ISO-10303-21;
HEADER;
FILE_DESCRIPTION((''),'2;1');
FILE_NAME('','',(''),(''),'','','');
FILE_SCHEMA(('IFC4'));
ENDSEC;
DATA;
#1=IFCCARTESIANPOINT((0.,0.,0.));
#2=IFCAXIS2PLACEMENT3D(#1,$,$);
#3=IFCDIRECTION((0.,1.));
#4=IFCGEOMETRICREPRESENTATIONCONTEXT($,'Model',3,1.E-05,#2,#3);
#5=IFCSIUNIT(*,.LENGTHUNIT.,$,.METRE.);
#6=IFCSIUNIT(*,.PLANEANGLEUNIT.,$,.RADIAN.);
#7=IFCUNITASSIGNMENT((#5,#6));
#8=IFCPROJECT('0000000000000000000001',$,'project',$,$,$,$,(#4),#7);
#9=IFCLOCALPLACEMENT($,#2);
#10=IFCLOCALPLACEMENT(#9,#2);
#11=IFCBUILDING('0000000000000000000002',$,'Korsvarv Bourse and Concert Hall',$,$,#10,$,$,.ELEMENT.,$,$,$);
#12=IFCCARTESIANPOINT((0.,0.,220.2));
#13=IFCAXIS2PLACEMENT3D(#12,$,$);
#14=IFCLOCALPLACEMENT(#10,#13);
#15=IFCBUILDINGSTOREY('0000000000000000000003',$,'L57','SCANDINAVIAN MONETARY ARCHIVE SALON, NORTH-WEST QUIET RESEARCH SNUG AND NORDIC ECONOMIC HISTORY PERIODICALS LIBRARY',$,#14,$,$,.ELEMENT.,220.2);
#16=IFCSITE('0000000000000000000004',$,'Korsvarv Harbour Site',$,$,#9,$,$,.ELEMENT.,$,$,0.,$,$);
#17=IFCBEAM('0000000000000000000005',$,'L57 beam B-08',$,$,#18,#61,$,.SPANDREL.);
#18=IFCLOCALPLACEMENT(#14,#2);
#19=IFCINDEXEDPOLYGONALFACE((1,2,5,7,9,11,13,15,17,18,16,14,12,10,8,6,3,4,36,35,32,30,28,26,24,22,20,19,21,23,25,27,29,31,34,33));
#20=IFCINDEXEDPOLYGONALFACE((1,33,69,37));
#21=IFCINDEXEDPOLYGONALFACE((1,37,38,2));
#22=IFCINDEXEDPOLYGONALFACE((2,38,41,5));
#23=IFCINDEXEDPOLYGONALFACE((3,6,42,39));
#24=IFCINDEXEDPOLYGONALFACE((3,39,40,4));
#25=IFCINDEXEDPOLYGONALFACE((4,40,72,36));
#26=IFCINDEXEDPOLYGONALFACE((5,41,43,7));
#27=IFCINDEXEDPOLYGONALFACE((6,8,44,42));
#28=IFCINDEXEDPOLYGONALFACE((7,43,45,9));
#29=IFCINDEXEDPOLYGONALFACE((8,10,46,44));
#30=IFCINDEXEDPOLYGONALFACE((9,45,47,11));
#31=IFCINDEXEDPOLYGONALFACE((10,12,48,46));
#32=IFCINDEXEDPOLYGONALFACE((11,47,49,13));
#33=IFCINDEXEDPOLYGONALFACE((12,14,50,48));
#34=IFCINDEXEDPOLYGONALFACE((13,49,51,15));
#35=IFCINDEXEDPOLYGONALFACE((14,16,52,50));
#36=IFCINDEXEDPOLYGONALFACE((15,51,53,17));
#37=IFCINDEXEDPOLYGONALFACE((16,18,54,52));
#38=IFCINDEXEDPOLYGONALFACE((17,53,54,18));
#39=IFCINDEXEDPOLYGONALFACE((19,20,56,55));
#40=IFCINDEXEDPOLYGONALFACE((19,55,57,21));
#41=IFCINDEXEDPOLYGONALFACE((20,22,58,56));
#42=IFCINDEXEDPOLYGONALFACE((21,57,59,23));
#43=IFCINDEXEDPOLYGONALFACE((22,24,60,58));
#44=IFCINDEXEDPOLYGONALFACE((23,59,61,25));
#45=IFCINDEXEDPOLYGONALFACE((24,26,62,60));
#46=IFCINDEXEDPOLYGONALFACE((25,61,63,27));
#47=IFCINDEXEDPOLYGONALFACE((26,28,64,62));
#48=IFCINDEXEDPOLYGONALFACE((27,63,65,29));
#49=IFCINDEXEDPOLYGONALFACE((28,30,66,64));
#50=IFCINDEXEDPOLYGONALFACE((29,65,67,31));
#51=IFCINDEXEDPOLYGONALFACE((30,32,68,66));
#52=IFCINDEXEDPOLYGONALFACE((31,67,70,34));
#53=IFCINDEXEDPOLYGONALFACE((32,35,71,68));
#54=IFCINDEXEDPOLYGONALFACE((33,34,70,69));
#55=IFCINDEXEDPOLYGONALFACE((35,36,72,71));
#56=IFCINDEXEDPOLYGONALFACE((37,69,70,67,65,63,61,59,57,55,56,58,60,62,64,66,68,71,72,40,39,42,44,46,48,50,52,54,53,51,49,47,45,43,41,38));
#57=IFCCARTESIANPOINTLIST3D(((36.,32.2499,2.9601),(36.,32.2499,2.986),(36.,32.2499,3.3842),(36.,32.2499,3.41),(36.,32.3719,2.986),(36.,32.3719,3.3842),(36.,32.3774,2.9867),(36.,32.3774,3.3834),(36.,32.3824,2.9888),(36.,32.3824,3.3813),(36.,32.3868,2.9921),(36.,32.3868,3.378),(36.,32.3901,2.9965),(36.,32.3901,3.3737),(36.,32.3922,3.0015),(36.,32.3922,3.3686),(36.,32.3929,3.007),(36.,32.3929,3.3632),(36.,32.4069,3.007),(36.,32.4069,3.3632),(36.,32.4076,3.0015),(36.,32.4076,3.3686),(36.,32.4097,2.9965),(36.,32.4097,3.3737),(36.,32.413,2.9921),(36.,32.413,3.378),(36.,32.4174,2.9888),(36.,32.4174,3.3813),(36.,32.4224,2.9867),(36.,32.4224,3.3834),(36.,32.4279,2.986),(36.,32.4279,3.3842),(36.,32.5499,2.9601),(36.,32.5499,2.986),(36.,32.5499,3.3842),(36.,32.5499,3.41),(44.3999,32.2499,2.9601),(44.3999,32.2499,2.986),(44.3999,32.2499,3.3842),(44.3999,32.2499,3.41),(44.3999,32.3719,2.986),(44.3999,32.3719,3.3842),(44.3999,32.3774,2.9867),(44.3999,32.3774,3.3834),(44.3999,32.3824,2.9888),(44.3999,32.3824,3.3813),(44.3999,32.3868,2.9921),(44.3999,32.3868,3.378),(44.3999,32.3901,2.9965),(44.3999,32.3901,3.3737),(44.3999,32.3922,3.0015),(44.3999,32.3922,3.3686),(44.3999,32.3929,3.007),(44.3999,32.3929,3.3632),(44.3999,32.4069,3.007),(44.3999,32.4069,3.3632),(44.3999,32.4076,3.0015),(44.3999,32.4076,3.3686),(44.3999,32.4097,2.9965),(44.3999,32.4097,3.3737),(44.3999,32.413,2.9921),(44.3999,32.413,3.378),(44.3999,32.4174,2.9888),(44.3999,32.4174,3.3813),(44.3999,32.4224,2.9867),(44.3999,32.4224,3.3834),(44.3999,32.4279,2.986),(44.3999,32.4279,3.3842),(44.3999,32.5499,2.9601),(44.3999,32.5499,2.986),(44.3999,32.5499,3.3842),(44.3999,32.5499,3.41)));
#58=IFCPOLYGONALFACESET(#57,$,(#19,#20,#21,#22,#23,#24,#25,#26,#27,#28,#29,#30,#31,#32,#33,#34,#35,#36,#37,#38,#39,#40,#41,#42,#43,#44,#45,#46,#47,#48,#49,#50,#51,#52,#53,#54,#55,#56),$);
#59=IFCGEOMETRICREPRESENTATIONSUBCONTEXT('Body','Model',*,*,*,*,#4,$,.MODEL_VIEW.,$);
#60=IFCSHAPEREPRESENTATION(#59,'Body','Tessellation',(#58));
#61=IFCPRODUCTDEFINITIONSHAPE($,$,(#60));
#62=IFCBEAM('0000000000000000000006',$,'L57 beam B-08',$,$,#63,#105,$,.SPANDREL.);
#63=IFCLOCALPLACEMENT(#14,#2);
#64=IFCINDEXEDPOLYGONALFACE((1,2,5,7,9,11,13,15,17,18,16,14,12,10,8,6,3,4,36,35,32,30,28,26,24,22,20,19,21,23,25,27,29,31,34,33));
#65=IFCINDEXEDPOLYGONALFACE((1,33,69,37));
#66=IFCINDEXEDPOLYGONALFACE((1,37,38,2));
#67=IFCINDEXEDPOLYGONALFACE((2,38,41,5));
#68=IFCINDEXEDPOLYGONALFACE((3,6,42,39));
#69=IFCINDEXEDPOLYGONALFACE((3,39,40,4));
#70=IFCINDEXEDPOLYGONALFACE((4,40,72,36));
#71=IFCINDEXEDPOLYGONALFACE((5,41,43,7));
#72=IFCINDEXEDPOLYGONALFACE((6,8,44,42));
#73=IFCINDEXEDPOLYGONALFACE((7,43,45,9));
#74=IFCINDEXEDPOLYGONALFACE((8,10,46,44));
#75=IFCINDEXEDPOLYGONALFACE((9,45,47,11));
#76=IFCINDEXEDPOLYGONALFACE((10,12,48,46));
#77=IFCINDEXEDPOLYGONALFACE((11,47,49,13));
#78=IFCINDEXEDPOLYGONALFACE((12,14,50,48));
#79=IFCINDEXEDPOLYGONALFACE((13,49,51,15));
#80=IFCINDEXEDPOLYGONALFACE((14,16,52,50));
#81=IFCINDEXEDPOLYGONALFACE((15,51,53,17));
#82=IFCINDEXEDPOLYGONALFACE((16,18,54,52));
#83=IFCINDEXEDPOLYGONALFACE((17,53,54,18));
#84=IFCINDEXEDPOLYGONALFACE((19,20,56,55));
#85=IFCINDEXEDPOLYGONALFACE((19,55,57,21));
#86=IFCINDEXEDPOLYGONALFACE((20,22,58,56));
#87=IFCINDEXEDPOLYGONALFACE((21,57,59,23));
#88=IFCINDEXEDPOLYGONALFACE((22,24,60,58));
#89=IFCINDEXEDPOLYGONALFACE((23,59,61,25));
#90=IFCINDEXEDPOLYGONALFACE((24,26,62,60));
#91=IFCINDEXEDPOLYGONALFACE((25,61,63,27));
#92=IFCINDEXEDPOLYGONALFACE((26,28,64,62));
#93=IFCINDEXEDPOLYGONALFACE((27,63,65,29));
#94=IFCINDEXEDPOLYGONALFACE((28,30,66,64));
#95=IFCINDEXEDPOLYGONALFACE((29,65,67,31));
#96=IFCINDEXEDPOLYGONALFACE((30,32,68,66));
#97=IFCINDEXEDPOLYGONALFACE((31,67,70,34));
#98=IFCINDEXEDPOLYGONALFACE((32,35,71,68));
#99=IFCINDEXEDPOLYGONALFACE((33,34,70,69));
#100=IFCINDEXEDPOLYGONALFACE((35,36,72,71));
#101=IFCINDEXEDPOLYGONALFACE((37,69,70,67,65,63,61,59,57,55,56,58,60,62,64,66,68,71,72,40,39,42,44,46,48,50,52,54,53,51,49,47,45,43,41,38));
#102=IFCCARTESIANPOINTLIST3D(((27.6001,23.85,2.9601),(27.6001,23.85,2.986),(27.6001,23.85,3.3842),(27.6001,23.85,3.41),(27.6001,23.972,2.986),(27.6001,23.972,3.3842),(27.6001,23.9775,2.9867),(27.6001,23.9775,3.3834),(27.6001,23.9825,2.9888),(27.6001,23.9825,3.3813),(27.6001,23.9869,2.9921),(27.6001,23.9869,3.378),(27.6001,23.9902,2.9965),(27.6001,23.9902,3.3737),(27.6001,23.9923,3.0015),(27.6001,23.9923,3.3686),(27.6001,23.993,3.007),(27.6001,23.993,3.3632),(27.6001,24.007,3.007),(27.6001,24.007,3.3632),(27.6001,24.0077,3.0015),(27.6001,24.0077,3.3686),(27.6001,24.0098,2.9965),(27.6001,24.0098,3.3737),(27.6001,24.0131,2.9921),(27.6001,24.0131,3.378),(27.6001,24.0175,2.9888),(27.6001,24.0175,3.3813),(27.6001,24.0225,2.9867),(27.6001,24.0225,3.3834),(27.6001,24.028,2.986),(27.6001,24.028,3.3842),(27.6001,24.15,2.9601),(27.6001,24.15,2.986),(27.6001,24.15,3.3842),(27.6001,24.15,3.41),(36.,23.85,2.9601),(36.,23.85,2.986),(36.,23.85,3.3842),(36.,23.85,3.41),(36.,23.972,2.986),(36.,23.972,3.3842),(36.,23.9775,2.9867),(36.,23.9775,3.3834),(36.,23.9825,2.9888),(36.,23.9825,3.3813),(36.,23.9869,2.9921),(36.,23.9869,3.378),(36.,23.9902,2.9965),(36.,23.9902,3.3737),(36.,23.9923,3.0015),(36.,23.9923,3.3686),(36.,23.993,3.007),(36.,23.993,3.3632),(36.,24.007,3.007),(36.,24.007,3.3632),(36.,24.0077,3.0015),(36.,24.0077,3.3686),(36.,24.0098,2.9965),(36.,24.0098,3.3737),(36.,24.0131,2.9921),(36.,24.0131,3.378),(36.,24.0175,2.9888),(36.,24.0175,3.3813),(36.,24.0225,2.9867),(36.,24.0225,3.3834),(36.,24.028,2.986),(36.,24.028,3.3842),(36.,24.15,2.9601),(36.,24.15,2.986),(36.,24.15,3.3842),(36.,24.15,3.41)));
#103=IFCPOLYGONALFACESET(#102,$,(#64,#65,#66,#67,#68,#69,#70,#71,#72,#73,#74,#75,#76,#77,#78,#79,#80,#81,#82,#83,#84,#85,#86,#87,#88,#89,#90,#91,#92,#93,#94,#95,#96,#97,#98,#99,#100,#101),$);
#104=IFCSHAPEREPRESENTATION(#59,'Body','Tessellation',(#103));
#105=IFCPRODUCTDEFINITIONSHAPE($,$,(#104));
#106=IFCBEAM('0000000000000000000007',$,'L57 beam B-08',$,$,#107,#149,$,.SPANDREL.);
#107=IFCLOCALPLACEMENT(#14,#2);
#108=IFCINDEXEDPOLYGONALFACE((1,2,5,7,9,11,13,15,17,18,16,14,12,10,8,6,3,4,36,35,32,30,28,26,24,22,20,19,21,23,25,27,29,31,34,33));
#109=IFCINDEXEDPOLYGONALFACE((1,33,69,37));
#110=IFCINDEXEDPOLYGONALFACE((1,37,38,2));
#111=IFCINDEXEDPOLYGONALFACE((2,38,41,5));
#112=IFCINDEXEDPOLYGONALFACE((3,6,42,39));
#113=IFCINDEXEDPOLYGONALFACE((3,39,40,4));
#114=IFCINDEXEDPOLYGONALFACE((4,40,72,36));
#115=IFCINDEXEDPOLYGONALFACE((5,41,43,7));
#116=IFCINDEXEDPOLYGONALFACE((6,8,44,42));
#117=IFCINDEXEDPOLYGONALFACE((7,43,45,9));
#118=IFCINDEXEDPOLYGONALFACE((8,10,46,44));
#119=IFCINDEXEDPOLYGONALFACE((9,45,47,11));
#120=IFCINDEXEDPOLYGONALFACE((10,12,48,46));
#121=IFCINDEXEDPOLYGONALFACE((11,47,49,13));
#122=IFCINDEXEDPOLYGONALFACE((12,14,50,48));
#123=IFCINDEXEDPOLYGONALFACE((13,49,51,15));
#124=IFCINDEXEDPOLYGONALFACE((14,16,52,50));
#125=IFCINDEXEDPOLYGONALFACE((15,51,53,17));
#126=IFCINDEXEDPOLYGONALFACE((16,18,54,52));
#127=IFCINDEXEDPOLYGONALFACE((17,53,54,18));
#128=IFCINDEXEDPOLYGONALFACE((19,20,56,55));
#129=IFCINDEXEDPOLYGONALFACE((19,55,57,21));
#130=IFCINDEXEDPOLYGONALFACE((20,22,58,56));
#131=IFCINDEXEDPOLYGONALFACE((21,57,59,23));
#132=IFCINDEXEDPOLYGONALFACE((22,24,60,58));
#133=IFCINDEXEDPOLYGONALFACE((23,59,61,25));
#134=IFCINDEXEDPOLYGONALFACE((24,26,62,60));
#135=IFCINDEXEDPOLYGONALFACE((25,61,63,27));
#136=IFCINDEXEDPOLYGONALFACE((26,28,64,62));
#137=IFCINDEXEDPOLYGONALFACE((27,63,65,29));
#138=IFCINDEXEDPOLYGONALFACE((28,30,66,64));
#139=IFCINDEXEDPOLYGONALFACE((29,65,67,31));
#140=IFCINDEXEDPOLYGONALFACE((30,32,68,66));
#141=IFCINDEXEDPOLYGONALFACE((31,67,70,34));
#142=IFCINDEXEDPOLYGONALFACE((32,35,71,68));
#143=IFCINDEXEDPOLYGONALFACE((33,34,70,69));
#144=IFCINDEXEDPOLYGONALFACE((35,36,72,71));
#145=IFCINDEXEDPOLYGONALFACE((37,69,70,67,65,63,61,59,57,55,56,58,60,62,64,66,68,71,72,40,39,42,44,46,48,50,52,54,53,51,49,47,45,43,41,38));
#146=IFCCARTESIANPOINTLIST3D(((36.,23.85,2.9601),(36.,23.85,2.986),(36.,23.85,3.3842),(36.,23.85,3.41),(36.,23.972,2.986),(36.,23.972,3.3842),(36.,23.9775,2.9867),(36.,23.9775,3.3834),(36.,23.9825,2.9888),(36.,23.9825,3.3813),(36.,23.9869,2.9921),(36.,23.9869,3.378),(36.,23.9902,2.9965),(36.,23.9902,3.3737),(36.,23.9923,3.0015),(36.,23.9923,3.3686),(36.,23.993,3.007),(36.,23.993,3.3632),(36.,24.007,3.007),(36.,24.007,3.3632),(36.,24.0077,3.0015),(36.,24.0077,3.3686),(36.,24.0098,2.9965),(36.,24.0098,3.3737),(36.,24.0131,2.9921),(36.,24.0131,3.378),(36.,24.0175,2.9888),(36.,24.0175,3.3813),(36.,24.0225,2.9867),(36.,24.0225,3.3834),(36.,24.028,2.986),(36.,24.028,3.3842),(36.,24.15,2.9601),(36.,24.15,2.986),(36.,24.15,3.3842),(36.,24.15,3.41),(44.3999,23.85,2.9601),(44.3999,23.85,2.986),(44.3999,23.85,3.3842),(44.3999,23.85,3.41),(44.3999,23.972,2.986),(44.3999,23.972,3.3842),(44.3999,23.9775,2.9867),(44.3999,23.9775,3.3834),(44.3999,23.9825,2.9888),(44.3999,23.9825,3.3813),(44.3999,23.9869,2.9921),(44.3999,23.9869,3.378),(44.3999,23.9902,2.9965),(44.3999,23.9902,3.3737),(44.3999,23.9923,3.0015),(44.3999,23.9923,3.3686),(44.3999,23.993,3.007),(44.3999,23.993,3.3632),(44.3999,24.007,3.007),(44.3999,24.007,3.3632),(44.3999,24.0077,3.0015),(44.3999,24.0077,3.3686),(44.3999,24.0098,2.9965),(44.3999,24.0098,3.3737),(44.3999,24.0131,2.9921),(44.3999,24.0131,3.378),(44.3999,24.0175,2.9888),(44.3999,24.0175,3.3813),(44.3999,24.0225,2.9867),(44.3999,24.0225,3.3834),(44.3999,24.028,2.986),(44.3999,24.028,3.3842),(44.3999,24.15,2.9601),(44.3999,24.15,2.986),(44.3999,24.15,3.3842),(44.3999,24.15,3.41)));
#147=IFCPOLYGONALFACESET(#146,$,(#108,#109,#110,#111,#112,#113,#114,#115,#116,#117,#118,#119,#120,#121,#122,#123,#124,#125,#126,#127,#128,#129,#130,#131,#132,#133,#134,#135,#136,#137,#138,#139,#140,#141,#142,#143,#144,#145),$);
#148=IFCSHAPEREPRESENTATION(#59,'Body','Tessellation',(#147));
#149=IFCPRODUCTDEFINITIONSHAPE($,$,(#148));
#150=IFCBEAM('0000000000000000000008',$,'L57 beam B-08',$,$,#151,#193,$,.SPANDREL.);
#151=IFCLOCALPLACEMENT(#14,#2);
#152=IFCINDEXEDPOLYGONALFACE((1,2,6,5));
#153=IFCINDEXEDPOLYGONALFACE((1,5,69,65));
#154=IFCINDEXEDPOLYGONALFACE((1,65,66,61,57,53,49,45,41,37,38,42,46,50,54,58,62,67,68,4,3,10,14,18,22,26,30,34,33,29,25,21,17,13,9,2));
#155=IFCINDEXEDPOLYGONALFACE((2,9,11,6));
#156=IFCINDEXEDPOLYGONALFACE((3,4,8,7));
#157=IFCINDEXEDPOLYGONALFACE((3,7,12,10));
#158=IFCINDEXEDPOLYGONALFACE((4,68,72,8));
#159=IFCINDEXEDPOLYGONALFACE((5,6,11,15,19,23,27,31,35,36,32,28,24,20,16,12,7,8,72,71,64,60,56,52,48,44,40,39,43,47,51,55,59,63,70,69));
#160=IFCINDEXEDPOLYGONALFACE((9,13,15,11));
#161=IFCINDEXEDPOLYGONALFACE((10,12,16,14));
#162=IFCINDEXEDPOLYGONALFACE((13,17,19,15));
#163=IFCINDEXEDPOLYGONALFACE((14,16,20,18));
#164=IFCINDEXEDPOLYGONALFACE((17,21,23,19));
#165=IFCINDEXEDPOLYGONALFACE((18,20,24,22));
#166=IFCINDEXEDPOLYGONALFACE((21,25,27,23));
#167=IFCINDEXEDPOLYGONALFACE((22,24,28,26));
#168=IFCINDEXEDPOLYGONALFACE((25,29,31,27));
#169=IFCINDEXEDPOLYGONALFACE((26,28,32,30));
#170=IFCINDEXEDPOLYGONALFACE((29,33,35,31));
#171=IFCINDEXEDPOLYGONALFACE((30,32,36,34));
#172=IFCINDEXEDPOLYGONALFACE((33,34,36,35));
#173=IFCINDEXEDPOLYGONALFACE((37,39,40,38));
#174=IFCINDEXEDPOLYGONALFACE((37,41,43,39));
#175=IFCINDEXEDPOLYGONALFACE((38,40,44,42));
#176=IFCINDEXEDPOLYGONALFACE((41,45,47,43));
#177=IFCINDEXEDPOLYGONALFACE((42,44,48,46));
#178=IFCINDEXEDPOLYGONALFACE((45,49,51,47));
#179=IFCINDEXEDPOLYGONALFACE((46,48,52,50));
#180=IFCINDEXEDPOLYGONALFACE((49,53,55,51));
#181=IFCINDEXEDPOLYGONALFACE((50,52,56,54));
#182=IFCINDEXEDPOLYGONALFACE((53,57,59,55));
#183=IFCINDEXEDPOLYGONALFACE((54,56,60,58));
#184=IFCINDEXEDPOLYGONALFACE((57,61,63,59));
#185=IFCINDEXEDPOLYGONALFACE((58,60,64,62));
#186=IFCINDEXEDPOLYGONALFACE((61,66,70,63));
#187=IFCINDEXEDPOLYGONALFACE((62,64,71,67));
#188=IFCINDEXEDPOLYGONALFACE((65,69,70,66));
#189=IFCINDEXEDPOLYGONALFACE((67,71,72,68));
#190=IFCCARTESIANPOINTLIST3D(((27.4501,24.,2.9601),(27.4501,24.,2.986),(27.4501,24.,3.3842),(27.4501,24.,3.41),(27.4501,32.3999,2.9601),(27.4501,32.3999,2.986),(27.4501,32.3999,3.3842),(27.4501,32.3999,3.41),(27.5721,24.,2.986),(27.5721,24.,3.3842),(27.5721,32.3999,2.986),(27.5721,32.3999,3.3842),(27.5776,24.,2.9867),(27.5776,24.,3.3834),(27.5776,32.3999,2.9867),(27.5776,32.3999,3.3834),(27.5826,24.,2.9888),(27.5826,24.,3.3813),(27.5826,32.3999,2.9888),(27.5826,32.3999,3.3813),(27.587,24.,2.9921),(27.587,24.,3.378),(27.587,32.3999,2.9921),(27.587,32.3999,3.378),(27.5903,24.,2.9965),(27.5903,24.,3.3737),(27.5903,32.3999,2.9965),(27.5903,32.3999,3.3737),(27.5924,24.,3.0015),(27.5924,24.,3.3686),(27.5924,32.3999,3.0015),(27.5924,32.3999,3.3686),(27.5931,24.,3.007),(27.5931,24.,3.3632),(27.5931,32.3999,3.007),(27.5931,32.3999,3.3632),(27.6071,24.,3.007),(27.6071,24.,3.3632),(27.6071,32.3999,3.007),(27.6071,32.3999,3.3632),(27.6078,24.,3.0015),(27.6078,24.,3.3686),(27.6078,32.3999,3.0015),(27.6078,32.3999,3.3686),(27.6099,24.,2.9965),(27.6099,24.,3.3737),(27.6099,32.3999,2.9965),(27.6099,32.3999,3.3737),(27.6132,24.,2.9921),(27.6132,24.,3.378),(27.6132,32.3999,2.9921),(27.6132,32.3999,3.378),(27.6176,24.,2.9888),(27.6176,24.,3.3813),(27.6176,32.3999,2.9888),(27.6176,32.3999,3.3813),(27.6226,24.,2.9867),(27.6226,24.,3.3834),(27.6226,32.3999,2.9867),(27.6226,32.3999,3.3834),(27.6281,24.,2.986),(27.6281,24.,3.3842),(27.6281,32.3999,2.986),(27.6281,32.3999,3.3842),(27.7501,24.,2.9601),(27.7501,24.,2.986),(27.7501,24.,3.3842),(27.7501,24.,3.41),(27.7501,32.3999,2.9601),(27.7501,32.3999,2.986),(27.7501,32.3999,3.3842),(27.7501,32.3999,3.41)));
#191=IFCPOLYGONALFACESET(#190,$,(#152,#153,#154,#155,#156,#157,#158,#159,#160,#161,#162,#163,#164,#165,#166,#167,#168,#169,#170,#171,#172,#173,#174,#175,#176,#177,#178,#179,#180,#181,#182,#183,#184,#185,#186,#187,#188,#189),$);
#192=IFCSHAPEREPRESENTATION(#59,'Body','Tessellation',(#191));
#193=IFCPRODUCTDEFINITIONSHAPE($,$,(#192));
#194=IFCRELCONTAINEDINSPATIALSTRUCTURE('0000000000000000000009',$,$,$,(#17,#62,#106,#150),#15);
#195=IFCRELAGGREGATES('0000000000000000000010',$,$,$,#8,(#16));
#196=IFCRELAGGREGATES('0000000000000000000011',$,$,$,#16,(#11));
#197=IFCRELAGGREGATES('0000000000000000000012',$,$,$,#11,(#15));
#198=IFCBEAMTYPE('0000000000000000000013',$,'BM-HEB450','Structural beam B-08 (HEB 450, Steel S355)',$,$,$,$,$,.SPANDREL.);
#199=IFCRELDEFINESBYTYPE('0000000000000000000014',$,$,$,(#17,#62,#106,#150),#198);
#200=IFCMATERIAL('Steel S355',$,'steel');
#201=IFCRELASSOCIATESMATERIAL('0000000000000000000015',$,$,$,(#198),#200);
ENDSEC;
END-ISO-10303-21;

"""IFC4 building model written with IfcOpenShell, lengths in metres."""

from ifc_helpers import new_model, si_unit, direction, frame, origin, origin_2d, place, context, subcontext, project, spatial, i_section, extrude, source, transform, mapped, material, material_profile, profile_set, type_object, element, save


model = new_model("IFC4")

# Units and contexts
model_context = context("Model", 3, precision=1e-05, world=origin(), true_north=direction((0.0, 1.0)))
body_context = subcontext(model_context, "Body", "Model", "MODEL_VIEW")
ifc_project = project(units=[si_unit("LENGTHUNIT", "METRE"), si_unit("PLANEANGLEUNIT", "RADIAN")], contexts=[model_context])

# Site, building, storey
site_placement = place(None, origin())
site = spatial("IfcSite", under=ifc_project, at=site_placement, Name="Korsvarv Harbour Site", CompositionType="ELEMENT", RefElevation=0.0)
building_placement = place(site_placement, origin())
building = spatial("IfcBuilding", under=site, at=building_placement, Name="Korsvarv Bourse and Concert Hall", CompositionType="ELEMENT")
storey_placement = place(building_placement, frame((0.0, 0.0, 220.2)))
storey = spatial("IfcBuildingStorey", under=building, at=storey_placement, Name="L57", Description="SCANDINAVIAN MONETARY ARCHIVE SALON, NORTH-WEST QUIET RESEARCH SNUG AND NORDIC ECONOMIC HISTORY PERIODICALS LIBRARY", CompositionType="ELEMENT", Elevation=220.2)

# Shared definitions
ifc_material_1 = material(Name="Steel S355", Category="steel")

# Beams
ifc_material_profile_1 = material_profile(ifc_material_1, i_section(OverallWidth=0.3, OverallDepth=0.45, WebThickness=0.0139, FlangeThickness=0.0259, FilletRadius=0.021, at=origin_2d()), Name="HEB 450")
ifc_profile_set_1 = profile_set([ifc_material_profile_1], Name="Steel S355")
beam_type_1 = type_object("IfcBeamType", Name="BM-HEB450", Description="Structural beam B-08 (HEB 450, Steel S355)", PredefinedType="SPANDREL", material=ifc_profile_set_1)
shared_shape_1 = source(origin(), body_context, "Body", "SweptSolid", [
    extrude(i_section(OverallWidth=0.3, OverallDepth=0.45, WebThickness=0.0139, FlangeThickness=0.0259, FilletRadius=0.021, at=origin_2d()), origin(), (0.0, 0.0, 1.0), 8.3999),
])
for number, where, z_axis, x_axis, name in (
    (1, (36.0, 32.3999, 3.1851), (1.0, 0.0, 0.0), (0.0, 1.0, 0.0), "L57 beam B-08"),
    (2, (27.6001, 24.0, 3.1851), (1.0, 0.0, 0.0), (0.0, 1.0, 0.0), "L57 beam B-08"),
    (3, (36.0, 24.0, 3.1851), (1.0, 0.0, 0.0), (0.0, 1.0, 0.0), "L57 beam B-08"),
    (4, (27.6001, 24.0, 3.1851), (0.0, 1.0, 0.0), (-1.0, 0.0, 0.0), "L57 beam B-08"),
):
    element("IfcBeam", number, at=place(storey_placement, frame(where, z_axis=z_axis, x_axis=x_axis)), inside=storey, type_object=beam_type_1, Name=name, PredefinedType="SPANDREL", context=body_context, shape_type="MappedRepresentation", body=[
        mapped(shared_shape_1, transform((0.0, 0.0, 0.0), scale=1.0)),
    ])

save(model, "model.ifc")
